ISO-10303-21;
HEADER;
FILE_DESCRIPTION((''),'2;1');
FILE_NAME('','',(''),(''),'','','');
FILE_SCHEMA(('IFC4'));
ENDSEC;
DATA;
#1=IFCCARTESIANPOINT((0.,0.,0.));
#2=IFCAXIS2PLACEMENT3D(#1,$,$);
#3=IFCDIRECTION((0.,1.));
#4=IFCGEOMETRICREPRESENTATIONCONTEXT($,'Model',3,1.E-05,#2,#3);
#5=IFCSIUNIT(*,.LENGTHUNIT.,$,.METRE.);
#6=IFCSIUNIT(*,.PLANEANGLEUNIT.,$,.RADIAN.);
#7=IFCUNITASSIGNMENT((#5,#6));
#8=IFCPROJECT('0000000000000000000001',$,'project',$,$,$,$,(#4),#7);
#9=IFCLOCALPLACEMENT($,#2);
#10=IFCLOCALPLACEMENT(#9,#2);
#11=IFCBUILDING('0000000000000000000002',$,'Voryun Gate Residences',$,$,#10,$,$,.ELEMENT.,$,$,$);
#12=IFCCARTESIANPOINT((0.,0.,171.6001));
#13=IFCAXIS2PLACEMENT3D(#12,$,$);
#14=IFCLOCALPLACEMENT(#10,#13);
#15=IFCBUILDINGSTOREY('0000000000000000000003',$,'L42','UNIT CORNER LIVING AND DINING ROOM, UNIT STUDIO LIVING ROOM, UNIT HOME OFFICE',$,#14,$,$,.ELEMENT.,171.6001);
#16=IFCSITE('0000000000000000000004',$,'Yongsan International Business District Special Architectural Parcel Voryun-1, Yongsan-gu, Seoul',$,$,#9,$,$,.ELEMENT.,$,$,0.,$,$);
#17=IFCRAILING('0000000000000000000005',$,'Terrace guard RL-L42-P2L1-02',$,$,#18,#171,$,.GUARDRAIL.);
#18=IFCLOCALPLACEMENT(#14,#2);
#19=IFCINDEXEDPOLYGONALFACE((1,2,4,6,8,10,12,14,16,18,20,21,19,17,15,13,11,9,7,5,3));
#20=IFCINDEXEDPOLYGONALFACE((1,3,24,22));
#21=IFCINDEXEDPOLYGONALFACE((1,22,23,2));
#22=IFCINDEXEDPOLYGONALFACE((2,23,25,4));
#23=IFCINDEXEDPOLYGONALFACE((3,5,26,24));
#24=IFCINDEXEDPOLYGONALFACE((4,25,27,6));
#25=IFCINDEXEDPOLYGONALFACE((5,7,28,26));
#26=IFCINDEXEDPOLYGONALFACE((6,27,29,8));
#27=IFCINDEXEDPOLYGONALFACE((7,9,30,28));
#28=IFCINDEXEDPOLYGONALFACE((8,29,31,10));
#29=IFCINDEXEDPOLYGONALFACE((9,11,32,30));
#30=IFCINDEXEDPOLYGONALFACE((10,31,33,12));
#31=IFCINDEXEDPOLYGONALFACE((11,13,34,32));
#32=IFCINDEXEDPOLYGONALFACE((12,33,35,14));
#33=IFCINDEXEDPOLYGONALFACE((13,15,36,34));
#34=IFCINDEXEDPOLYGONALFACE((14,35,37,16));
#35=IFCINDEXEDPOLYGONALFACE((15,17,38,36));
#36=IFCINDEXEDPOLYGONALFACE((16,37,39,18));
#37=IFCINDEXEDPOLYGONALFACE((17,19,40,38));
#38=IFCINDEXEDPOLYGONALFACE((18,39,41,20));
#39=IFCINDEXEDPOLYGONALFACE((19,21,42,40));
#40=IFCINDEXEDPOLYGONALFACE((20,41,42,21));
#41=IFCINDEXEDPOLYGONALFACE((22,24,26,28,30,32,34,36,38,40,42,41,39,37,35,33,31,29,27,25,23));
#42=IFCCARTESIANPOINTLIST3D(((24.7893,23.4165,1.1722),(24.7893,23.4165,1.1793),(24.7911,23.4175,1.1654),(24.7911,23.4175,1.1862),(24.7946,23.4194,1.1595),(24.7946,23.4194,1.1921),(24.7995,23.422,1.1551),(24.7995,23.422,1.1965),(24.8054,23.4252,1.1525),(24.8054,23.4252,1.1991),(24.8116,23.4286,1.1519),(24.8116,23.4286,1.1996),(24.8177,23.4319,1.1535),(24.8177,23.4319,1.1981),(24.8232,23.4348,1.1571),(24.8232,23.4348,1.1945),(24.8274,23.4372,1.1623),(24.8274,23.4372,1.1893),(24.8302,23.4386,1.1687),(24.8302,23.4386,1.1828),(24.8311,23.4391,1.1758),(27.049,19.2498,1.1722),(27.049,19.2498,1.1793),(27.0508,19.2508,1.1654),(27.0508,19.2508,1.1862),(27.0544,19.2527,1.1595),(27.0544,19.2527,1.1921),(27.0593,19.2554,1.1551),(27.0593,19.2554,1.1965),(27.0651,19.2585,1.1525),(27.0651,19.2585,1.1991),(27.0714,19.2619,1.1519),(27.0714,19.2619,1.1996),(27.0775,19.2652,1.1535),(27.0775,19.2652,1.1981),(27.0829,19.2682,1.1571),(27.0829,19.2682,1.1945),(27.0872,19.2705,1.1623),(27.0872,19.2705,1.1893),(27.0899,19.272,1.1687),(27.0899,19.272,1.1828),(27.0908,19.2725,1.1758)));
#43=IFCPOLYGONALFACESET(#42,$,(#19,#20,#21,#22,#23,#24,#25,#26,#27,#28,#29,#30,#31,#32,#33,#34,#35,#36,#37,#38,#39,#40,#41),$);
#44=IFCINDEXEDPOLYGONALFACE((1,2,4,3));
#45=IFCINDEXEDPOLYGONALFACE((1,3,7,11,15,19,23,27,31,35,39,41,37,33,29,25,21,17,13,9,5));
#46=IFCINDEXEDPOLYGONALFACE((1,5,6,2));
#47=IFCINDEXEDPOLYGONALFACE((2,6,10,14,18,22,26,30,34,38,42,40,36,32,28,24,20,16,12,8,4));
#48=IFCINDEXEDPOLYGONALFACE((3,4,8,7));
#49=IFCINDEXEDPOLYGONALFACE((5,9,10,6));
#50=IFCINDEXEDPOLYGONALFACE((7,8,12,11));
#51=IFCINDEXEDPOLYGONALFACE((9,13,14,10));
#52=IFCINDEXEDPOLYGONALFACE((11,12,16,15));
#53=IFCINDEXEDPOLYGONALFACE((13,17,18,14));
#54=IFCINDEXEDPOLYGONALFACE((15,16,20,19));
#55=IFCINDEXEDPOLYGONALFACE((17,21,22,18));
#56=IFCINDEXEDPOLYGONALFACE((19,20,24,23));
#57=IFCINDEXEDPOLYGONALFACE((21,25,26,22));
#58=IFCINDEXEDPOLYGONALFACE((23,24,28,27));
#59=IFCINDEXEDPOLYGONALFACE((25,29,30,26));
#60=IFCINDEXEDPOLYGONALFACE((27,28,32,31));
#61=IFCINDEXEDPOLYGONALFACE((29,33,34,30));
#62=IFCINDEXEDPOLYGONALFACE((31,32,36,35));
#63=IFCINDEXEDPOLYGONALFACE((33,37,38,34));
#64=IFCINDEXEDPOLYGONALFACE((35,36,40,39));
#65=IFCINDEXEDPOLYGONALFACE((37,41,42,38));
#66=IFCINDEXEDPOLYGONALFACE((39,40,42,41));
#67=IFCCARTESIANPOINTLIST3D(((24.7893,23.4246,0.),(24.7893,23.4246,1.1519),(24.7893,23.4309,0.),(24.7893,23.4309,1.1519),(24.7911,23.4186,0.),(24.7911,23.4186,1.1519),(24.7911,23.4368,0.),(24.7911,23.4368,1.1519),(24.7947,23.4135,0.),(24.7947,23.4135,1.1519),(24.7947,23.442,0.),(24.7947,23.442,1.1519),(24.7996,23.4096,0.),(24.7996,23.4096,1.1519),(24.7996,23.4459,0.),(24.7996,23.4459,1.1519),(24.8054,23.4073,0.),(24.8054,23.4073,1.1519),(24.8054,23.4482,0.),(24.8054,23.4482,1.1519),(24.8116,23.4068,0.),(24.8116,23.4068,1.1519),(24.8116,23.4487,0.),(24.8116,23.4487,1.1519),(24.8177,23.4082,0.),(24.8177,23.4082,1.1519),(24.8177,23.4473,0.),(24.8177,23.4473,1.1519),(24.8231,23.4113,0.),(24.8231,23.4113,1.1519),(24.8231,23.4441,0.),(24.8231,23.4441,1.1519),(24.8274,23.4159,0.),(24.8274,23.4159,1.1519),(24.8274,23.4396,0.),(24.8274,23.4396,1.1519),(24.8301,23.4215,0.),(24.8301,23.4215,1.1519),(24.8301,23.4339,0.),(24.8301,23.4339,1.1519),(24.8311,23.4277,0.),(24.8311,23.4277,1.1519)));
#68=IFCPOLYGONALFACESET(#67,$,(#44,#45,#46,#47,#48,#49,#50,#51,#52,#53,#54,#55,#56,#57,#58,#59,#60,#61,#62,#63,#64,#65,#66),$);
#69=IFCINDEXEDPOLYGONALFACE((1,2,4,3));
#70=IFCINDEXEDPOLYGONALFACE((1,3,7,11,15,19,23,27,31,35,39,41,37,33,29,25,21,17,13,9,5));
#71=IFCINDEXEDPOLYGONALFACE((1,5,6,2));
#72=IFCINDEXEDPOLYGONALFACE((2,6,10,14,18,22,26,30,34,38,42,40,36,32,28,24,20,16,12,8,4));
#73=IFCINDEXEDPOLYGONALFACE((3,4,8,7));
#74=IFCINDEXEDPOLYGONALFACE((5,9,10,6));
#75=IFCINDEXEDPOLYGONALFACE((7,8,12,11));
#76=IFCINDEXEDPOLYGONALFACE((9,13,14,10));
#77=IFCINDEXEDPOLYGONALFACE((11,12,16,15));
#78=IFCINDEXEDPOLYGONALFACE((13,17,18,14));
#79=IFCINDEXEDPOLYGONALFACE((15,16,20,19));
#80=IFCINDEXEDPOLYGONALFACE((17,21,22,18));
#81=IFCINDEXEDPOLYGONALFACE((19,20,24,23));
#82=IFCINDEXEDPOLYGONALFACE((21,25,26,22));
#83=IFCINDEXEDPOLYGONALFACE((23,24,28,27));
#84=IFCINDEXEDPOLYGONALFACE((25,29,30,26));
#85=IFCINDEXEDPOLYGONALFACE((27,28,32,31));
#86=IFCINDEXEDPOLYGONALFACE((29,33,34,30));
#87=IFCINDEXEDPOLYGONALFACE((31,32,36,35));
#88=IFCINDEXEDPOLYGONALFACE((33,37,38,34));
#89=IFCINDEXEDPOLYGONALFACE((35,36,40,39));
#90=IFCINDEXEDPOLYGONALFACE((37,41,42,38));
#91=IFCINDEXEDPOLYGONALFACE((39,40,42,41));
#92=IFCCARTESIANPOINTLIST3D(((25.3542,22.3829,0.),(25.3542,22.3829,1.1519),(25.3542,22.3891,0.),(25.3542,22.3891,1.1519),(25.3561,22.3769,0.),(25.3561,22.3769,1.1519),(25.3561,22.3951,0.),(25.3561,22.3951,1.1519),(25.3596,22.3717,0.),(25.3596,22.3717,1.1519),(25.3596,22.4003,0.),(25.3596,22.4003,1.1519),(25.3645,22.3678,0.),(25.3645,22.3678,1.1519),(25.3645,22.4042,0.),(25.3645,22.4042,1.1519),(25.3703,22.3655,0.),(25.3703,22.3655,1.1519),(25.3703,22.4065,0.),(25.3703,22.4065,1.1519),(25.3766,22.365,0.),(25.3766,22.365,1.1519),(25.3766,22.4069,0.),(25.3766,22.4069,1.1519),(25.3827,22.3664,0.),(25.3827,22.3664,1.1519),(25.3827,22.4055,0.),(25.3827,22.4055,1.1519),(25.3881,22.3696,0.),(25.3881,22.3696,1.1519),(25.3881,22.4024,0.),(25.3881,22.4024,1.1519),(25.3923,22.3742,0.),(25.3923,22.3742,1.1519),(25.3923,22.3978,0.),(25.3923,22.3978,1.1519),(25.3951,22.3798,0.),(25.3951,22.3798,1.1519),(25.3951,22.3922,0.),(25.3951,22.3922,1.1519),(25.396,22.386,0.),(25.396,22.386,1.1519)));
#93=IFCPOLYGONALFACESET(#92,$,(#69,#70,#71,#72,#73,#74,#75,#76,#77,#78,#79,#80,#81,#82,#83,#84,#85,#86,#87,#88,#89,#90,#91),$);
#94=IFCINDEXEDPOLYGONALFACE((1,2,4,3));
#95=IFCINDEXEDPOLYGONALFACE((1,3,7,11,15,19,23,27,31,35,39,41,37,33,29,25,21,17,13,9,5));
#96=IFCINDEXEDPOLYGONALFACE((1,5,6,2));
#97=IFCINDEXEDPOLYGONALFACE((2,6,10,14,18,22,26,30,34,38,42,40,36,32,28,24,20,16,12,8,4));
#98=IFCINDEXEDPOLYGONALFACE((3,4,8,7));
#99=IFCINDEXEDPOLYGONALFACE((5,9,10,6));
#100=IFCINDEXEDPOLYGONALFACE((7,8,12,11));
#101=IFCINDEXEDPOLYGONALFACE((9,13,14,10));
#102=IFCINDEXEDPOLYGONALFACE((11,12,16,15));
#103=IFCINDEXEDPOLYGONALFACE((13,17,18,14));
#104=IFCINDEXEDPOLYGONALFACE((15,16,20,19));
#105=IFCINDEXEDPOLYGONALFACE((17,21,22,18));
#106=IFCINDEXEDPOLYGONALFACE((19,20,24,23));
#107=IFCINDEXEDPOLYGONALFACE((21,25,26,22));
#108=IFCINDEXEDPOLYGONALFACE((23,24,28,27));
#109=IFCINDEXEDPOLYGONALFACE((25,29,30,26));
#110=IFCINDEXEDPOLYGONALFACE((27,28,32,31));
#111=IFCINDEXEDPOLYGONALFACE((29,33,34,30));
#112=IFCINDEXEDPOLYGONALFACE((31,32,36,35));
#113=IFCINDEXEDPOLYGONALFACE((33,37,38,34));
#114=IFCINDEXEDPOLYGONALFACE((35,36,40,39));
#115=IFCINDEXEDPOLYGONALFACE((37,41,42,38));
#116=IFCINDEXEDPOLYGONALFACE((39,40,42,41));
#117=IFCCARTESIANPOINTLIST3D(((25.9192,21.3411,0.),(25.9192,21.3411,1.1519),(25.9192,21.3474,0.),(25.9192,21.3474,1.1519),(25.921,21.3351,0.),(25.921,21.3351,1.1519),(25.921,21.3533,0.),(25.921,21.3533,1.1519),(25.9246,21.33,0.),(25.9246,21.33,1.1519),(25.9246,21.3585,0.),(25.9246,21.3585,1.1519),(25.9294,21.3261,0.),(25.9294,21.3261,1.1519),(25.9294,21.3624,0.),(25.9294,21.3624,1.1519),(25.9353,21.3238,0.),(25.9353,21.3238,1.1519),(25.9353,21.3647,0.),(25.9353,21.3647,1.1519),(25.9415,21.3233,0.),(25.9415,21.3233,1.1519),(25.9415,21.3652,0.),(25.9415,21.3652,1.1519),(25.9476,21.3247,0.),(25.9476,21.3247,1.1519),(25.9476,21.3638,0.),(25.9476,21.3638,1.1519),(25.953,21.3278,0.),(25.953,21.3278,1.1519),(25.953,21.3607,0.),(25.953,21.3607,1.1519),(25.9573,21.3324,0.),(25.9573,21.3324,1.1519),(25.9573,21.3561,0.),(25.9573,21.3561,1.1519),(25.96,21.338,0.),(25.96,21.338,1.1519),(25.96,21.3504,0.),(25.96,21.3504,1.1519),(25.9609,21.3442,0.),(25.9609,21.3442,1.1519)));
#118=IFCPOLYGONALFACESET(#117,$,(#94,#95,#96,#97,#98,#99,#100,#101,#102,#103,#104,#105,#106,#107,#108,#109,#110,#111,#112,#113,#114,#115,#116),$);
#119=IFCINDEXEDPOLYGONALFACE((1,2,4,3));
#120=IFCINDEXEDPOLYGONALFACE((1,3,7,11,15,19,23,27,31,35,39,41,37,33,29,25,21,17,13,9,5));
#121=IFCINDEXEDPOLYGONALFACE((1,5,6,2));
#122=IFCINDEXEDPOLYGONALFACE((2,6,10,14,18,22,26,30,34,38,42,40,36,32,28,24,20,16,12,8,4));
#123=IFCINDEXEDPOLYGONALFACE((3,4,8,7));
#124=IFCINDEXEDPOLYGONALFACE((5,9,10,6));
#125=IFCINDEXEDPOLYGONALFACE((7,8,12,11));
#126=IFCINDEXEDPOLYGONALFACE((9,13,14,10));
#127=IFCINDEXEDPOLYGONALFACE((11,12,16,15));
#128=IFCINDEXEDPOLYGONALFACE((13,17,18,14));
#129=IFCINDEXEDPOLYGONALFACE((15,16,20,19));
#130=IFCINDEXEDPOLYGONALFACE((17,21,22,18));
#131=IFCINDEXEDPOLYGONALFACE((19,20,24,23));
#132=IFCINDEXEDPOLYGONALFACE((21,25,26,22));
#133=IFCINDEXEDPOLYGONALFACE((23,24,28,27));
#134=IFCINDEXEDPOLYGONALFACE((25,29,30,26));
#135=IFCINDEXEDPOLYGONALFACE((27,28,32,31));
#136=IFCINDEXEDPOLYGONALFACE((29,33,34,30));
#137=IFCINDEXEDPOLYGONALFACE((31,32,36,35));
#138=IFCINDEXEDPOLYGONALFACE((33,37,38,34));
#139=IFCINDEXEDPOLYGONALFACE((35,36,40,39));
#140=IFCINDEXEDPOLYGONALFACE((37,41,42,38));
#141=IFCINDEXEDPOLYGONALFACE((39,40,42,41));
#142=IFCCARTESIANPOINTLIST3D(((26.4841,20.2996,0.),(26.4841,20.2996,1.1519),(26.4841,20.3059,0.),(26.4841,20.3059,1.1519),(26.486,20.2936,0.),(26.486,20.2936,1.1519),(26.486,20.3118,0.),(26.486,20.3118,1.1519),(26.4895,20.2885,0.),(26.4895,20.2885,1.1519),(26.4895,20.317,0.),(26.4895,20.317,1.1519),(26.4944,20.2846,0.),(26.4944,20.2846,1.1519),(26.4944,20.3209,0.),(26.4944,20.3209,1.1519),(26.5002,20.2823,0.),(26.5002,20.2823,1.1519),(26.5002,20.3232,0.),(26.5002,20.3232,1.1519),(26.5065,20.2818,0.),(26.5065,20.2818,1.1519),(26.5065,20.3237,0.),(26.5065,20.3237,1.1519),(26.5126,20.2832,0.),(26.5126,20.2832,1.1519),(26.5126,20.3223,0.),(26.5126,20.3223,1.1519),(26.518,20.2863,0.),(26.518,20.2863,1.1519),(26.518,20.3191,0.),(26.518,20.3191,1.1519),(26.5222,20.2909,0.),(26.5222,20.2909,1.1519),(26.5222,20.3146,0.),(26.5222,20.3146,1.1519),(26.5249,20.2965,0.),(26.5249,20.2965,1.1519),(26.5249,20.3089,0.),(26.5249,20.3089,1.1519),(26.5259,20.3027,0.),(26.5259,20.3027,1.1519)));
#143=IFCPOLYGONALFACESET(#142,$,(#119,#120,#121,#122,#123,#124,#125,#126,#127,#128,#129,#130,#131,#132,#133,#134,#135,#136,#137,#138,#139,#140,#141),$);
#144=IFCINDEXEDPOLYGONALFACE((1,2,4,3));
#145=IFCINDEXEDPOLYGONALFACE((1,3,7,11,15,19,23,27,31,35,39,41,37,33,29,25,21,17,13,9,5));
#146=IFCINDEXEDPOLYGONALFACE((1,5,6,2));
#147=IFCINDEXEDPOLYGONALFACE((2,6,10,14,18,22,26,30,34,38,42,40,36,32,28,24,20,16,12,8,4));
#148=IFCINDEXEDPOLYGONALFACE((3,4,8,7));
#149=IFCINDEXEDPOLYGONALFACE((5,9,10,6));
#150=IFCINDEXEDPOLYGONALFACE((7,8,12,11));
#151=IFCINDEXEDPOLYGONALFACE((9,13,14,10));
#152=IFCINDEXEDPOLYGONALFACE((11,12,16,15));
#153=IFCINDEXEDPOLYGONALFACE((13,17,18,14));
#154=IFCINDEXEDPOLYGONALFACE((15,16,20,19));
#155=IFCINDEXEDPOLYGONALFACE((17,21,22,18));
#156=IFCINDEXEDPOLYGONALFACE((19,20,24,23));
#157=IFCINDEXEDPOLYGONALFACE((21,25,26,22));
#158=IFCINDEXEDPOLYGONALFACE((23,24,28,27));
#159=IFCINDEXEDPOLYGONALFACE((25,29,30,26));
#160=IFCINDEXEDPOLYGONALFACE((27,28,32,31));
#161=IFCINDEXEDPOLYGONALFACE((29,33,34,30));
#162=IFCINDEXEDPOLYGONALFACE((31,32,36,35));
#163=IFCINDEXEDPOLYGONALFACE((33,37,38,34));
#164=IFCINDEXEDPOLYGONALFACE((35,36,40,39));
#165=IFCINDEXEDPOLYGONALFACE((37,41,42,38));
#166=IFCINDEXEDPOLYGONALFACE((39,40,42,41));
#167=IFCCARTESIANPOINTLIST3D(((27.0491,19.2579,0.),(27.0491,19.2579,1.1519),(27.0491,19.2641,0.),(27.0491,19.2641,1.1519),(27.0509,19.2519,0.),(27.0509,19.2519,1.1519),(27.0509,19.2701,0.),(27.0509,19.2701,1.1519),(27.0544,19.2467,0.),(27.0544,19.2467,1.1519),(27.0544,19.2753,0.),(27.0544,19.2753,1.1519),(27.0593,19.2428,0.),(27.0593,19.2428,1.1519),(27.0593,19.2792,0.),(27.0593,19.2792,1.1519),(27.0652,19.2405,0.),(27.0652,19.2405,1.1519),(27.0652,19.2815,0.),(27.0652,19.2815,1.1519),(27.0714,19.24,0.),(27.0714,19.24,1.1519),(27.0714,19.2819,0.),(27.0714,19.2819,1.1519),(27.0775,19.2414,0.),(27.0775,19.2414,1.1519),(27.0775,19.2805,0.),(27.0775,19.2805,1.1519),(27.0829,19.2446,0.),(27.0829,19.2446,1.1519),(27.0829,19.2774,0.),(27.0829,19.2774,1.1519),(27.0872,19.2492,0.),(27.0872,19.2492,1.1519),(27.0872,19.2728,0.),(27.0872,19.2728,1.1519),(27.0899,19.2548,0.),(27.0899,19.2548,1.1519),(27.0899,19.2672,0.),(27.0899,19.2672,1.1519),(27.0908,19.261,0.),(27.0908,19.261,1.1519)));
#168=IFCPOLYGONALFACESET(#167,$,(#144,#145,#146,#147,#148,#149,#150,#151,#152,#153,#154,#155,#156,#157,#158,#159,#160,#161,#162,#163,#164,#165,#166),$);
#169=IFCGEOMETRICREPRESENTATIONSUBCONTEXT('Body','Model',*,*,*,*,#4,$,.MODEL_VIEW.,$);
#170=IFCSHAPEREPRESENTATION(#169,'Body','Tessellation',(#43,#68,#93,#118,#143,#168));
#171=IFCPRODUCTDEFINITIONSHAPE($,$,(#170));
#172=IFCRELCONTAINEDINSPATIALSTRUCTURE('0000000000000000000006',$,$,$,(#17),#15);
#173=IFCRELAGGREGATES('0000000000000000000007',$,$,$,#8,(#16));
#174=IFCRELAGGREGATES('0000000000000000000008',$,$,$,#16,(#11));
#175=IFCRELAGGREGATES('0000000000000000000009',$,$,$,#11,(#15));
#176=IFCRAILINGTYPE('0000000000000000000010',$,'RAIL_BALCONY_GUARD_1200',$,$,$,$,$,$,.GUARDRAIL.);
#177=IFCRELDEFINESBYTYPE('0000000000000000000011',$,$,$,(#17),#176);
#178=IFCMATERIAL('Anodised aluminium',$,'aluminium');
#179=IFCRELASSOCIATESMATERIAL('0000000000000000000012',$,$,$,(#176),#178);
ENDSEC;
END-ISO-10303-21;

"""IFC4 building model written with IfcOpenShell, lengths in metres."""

from ifc_helpers import new_model, si_unit, direction, frame, origin, origin_2d, place, context, subcontext, project, spatial, circle, extrude, material, type_object, element, save


model = new_model("IFC4")

# Units and contexts
model_context = context("Model", 3, precision=1e-05, world=origin(), true_north=direction((0.0, 1.0)))
body_context = subcontext(model_context, "Body", "Model", "MODEL_VIEW")
ifc_project = project(units=[si_unit("LENGTHUNIT", "METRE"), si_unit("PLANEANGLEUNIT", "RADIAN")], contexts=[model_context])

# Site, building, storey
site_placement = place(None, origin())
site = spatial("IfcSite", under=ifc_project, at=site_placement, Name="Yongsan International Business District Special Architectural Parcel Voryun-1, Yongsan-gu, Seoul", CompositionType="ELEMENT", RefElevation=0.0)
building_placement = place(site_placement, origin())
building = spatial("IfcBuilding", under=site, at=building_placement, Name="Voryun Gate Residences", CompositionType="ELEMENT")
storey_placement = place(building_placement, frame((0.0, 0.0, 171.6001)))
storey = spatial("IfcBuildingStorey", under=building, at=storey_placement, Name="L42", Description="UNIT CORNER LIVING AND DINING ROOM, UNIT STUDIO LIVING ROOM, UNIT HOME OFFICE", CompositionType="ELEMENT", Elevation=171.6001)

# Railing
ifc_material_1 = material(Name="Anodised aluminium", Category="aluminium")
railing_type = type_object("IfcRailingType", Name="RAIL_BALCONY_GUARD_1200", PredefinedType="GUARDRAIL", material=ifc_material_1)
railing_1_placement = place(storey_placement, frame((24.8101, 23.4277, 0.0)))
element("IfcRailing", 1, at=railing_1_placement, inside=storey, type_object=railing_type, Name="Terrace guard RL-L42-P2L1-02", PredefinedType="GUARDRAIL", context=body_context, shape_type="SweptSolid", body=[
    extrude(circle(Radius=0.0239, at=origin_2d()), frame((0.0, 0.0, 1.1758), z_axis=(0.476736, -0.879046, 0.0), x_axis=(0.879046, 0.476736, 0.0)), (0.0, 0.0, 1.0), 4.74),
    extrude(circle(Radius=0.021, at=origin_2d()), origin(), (0.0, 0.0, 1.0), 1.1519),
    extrude(circle(Radius=0.021, at=origin_2d()), frame((0.5649, -1.0417, 0.0)), (0.0, 0.0, 1.0), 1.1519),
    extrude(circle(Radius=0.021, at=origin_2d()), frame((1.1299, -2.0835, 0.0)), (0.0, 0.0, 1.0), 1.1519),
    extrude(circle(Radius=0.021, at=origin_2d()), frame((1.6948, -3.125, 0.0)), (0.0, 0.0, 1.0), 1.1519),
    extrude(circle(Radius=0.021, at=origin_2d()), frame((2.2598, -4.1667, 0.0)), (0.0, 0.0, 1.0), 1.1519),
])

save(model, "model.ifc")
